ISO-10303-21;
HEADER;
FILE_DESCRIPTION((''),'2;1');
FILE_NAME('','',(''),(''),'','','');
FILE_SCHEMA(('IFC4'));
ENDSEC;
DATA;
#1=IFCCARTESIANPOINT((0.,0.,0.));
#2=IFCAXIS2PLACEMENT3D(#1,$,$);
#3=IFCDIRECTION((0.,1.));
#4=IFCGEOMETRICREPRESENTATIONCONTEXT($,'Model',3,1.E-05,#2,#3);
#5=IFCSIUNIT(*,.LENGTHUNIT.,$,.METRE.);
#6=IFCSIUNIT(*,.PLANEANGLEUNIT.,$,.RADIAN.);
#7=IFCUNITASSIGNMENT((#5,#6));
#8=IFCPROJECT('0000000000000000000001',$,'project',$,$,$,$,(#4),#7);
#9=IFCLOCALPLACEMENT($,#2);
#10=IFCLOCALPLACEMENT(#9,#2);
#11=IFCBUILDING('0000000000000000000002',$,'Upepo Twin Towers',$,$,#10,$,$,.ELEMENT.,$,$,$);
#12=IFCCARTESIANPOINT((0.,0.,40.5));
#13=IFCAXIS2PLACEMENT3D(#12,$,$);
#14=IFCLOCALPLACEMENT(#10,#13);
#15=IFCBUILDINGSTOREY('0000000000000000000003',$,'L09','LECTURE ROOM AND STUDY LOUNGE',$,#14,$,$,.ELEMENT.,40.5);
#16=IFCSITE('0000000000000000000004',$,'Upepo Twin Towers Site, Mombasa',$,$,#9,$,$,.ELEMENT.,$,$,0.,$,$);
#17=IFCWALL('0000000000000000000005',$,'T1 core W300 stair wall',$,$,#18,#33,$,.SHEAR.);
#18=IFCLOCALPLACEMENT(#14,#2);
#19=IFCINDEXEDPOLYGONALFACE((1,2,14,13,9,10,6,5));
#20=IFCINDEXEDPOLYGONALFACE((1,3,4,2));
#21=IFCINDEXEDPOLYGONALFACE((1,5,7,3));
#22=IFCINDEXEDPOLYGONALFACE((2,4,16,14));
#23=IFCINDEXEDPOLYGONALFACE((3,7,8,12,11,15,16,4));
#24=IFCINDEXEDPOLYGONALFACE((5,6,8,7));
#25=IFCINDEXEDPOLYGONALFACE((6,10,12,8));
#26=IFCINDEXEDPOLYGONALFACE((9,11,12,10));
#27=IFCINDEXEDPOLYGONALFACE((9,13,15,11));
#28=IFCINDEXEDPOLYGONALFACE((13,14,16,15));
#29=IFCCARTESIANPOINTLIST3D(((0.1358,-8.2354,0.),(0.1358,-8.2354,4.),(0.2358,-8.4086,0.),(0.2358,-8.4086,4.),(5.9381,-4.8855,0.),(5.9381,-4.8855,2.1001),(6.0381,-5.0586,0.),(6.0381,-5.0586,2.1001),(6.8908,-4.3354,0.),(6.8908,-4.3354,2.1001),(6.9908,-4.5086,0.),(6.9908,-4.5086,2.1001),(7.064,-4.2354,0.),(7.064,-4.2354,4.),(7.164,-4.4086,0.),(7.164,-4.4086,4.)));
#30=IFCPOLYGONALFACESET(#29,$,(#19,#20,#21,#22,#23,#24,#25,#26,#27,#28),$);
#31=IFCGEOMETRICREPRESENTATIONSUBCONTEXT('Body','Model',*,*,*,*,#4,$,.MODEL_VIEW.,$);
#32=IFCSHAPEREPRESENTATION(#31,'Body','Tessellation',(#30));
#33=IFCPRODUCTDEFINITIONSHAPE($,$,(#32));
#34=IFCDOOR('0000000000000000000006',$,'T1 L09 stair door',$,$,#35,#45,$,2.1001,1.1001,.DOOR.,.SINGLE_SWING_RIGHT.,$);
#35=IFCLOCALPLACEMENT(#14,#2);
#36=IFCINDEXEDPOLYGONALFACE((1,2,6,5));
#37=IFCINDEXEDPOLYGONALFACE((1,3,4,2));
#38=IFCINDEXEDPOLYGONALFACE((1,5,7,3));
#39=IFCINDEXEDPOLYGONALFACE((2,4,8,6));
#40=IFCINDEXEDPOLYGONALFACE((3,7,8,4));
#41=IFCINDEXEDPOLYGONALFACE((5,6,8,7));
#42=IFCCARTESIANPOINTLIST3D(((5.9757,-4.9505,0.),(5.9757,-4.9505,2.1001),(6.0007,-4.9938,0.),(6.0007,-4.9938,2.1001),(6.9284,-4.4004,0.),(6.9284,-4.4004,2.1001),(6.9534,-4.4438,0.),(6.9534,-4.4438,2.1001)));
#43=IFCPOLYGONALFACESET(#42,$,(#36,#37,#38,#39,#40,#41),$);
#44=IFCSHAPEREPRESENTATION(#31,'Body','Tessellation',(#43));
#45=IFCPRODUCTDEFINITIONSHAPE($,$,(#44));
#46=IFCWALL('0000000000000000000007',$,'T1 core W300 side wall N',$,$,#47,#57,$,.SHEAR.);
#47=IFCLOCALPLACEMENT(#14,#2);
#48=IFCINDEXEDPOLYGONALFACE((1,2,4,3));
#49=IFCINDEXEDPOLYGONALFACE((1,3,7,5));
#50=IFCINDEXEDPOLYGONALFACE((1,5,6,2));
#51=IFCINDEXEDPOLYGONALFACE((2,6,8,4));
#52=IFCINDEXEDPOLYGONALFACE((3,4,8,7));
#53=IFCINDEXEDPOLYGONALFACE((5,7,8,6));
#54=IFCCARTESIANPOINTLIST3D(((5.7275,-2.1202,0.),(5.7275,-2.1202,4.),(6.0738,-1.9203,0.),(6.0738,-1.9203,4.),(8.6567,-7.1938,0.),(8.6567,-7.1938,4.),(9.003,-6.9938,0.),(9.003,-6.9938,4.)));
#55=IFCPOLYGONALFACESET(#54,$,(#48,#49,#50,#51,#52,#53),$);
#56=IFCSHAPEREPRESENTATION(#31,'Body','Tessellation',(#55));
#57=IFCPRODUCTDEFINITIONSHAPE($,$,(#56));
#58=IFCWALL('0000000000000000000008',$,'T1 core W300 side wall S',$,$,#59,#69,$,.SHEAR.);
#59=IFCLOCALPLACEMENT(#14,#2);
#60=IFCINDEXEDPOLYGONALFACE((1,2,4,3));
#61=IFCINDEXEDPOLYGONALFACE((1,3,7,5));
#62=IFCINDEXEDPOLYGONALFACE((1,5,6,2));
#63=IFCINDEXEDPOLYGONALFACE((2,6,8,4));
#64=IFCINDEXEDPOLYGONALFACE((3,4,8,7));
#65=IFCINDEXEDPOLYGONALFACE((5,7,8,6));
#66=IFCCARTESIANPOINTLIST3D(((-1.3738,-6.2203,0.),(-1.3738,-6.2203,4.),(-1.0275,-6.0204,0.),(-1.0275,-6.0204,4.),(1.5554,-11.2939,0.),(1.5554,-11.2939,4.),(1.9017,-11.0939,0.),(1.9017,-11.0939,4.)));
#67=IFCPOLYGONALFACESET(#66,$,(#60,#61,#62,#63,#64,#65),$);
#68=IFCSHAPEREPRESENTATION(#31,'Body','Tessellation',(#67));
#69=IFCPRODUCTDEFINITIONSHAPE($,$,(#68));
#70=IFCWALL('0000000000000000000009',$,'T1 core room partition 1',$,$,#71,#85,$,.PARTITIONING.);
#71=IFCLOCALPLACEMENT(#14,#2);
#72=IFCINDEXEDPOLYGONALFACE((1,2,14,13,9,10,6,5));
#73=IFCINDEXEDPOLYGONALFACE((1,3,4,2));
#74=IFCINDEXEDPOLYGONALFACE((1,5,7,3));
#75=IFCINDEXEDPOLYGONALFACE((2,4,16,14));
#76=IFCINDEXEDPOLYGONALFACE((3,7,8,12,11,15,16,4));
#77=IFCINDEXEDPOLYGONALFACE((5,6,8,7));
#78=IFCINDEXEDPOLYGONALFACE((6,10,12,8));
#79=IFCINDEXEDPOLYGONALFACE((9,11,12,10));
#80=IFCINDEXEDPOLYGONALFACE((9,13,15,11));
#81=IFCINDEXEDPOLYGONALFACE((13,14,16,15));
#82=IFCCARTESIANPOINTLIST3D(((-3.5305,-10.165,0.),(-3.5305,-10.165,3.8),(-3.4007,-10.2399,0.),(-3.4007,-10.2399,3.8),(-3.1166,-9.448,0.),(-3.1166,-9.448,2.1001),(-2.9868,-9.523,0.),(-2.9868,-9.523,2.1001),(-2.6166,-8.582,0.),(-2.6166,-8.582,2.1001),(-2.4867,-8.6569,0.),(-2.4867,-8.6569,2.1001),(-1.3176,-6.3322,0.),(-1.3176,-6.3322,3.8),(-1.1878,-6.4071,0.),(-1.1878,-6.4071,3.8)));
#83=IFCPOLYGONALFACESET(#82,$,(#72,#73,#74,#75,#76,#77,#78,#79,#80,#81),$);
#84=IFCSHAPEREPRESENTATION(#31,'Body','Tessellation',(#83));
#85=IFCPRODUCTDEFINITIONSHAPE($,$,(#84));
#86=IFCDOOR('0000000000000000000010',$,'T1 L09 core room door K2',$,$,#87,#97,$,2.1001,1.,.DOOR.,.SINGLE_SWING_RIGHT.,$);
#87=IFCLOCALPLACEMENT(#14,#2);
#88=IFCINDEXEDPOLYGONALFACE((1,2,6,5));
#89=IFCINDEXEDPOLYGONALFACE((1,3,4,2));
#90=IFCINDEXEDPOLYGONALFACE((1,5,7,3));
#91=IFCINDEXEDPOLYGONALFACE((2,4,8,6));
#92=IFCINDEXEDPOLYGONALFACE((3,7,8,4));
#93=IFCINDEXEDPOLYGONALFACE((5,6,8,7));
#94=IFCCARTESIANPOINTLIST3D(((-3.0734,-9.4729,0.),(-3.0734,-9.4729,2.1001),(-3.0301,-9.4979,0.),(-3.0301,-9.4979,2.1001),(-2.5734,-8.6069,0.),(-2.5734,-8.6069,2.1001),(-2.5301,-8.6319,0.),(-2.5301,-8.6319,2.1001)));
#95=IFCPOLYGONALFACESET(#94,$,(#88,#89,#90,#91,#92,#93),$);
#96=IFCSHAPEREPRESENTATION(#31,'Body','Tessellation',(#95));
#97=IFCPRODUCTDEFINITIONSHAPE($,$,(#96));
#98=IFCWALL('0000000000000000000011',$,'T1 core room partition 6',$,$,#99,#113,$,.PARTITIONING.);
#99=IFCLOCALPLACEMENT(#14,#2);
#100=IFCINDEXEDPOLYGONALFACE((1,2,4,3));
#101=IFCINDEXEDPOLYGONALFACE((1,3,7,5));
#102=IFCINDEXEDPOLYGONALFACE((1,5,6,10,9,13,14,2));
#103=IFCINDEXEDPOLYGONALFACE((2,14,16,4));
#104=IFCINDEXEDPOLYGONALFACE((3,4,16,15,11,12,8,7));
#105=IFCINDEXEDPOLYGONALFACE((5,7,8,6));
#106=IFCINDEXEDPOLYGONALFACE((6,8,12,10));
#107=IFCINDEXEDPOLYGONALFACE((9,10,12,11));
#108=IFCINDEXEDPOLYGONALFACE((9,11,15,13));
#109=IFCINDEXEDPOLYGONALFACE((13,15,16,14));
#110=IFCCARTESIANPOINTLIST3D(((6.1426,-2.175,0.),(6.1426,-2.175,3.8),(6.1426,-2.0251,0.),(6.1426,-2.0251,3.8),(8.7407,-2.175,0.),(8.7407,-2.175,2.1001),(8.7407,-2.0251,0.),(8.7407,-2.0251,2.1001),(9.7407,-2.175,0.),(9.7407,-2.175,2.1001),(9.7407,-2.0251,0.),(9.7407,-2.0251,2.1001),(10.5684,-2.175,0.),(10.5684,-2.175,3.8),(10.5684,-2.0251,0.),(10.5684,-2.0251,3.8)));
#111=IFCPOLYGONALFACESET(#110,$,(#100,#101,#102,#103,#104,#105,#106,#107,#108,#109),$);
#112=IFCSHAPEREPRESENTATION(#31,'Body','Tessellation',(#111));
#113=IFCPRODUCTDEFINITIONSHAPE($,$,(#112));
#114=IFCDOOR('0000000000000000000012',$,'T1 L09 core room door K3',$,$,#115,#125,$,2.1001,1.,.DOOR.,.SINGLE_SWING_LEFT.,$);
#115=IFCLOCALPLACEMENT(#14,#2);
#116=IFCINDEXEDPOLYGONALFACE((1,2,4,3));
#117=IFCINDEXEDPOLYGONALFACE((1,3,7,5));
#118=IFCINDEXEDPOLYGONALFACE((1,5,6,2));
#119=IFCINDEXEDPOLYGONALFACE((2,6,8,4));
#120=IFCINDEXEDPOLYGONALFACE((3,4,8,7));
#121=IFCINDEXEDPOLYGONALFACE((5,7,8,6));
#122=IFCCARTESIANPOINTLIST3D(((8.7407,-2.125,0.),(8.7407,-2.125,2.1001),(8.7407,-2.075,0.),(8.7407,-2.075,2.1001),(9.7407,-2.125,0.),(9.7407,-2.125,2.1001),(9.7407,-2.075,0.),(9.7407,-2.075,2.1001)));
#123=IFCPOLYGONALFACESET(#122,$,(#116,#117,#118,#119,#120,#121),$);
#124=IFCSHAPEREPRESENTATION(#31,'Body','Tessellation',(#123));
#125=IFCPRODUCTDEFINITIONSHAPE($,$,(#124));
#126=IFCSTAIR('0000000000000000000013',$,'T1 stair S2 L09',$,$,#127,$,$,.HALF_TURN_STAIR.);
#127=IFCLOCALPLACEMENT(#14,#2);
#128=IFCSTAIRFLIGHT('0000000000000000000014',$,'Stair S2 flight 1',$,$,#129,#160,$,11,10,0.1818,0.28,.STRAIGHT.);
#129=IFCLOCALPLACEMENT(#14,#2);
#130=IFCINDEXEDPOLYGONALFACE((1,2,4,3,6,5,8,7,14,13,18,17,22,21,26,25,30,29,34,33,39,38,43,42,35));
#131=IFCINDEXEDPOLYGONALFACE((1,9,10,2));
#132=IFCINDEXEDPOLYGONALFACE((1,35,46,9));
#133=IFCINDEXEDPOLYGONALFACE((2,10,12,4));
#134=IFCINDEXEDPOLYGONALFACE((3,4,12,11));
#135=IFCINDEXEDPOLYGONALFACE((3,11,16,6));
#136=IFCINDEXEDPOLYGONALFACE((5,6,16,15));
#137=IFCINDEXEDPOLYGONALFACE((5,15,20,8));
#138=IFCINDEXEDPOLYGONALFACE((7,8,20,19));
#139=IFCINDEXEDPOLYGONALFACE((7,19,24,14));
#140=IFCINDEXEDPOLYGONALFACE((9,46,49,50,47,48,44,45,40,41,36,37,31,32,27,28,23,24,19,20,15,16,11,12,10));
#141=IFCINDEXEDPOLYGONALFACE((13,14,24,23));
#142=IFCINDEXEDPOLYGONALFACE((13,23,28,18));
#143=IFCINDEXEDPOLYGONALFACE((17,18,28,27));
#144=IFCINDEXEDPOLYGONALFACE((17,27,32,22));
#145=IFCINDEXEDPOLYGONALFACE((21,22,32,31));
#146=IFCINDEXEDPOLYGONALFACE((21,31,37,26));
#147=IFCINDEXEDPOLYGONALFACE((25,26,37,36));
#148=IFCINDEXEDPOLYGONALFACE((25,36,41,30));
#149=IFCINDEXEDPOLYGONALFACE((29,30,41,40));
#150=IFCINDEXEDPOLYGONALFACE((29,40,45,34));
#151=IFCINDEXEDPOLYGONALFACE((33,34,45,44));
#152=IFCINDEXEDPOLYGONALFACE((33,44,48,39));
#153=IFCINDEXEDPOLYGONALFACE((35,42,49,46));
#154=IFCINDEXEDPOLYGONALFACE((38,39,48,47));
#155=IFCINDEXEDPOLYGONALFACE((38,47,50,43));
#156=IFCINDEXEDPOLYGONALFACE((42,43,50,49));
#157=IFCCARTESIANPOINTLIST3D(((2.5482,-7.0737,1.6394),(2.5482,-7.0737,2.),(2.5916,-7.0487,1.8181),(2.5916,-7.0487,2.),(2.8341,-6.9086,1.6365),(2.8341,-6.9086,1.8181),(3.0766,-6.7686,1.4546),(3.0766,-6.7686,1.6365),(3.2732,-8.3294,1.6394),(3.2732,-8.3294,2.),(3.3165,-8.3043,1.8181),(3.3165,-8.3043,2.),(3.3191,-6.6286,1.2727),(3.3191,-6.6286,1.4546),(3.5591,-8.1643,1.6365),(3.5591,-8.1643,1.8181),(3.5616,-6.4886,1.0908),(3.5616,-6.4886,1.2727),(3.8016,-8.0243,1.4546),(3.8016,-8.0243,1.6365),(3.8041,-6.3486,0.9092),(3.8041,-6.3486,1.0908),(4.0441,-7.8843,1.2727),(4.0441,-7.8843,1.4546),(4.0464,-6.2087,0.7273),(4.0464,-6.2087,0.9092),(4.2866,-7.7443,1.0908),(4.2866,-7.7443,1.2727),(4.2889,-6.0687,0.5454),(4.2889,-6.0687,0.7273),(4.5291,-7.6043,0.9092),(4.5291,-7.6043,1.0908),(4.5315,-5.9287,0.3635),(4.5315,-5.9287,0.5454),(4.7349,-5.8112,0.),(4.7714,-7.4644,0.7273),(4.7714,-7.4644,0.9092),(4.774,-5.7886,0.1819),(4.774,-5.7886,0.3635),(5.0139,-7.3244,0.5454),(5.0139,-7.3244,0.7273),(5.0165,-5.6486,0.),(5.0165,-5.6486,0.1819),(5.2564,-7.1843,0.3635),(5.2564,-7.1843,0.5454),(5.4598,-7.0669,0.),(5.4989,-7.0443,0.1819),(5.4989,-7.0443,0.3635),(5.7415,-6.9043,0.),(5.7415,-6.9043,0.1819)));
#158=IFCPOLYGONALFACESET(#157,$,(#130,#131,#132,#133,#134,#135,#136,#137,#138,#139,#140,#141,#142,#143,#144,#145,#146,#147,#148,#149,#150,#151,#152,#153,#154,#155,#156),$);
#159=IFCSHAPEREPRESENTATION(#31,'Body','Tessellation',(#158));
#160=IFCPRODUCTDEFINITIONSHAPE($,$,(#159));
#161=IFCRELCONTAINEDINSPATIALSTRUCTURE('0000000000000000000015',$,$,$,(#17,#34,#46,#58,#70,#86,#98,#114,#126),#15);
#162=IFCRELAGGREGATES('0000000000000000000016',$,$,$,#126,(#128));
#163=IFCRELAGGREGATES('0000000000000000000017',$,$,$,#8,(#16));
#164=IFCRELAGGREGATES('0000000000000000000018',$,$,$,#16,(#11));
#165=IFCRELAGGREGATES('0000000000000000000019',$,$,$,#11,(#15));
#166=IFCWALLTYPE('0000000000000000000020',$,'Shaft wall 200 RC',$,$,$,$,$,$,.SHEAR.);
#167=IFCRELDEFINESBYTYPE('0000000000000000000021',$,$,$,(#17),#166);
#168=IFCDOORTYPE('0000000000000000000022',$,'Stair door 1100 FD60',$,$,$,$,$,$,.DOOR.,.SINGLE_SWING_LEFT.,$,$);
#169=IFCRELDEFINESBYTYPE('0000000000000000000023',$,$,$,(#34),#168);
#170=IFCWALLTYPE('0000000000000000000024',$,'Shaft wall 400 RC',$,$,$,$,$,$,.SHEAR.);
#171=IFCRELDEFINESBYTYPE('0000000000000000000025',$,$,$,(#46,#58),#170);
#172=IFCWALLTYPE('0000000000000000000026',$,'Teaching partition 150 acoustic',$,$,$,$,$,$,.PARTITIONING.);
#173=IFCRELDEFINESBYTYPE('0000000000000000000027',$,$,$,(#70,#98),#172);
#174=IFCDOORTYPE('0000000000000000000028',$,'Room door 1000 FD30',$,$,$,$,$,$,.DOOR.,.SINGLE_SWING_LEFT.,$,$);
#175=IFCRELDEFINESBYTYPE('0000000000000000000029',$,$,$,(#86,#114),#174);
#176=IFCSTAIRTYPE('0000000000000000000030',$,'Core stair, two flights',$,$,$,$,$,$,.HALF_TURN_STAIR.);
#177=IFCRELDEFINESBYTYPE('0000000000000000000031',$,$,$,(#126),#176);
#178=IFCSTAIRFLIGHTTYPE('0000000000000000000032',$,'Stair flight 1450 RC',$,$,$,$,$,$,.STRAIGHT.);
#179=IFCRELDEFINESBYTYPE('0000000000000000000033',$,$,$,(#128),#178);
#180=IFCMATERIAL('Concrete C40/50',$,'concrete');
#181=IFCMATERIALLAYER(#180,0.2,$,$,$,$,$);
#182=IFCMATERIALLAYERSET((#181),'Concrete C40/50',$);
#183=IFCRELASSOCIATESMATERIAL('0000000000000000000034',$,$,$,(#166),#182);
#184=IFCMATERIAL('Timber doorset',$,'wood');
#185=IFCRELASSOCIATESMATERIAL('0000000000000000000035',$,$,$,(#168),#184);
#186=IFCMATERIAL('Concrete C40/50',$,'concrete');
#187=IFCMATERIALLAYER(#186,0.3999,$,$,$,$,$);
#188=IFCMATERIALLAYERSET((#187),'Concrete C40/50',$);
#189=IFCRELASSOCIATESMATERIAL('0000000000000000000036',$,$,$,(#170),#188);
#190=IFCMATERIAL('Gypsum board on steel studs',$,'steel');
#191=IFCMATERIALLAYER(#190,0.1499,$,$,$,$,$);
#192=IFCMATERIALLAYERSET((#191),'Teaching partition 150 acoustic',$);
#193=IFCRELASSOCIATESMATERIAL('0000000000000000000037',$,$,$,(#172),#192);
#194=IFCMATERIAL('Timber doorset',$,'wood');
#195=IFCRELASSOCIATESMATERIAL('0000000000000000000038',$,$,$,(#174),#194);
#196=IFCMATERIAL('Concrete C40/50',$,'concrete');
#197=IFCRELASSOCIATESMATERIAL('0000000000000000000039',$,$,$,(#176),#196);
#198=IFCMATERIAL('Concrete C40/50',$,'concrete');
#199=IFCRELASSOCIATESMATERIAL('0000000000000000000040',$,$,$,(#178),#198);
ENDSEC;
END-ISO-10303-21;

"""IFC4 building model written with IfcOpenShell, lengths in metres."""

from ifc_helpers import new_model, si_unit, direction, frame, frame_2d, origin, place, context, subcontext, project, spatial, polyline, rectangle, outline, extrude, material, layer, layer_set, type_object, element, fill, aggregate, save


model = new_model("IFC4")

# Units and contexts
model_context = context("Model", 3, precision=1e-05, world=origin(), true_north=direction((0.0, 1.0)))
body_context = subcontext(model_context, "Body", "Model", "MODEL_VIEW")
ifc_project = project(units=[si_unit("LENGTHUNIT", "METRE"), si_unit("PLANEANGLEUNIT", "RADIAN")], contexts=[model_context])

# Site, building, storey
site_placement = place(None, origin())
site = spatial("IfcSite", under=ifc_project, at=site_placement, Name="Upepo Twin Towers Site, Mombasa", CompositionType="ELEMENT", RefElevation=0.0)
building_placement = place(site_placement, origin())
building = spatial("IfcBuilding", under=site, at=building_placement, Name="Upepo Twin Towers", CompositionType="ELEMENT")
storey_placement = place(building_placement, frame((0.0, 0.0, 40.5)))
storey = spatial("IfcBuildingStorey", under=building, at=storey_placement, Name="L09", Description="LECTURE ROOM AND STUDY LOUNGE", CompositionType="ELEMENT", Elevation=40.5)

# Shared definitions
ifc_material_1 = material(Name="Concrete C40/50", Category="concrete")
ifc_layer_1 = layer(ifc_material_1, 0.2)
ifc_layer_set_1 = layer_set([ifc_layer_1], Name="Concrete C40/50")
wall_type_1 = type_object("IfcWallType", Name="Shaft wall 200 RC", PredefinedType="SHEAR", material=ifc_layer_set_1)

# Wall, opening, door
wall_1_placement = place(storey_placement, frame((0.1858, -8.322, 0.0), z_axis=(0.0, 0.0, 1.0), x_axis=(0.866026, 0.499999, 0.0)))
wall_1 = element("IfcWall", 1, at=wall_1_placement, inside=storey, type_object=wall_type_1, Name="T1 core W300 stair wall", PredefinedType="SHEAR", context=body_context, shape_type="SweptSolid", body=[
    extrude(rectangle(XDim=8.0, YDim=0.2, at=frame_2d((4.0, 0.0))), origin(), (0.0, 0.0, 1.0), 4.0),
])
opening_1_placement = place(wall_1_placement, frame((6.7, 0.0, 0.0)))
opening_1 = element("IfcOpeningElement", 2, at=opening_1_placement, cuts=wall_1, PredefinedType="OPENING", context=body_context, shape_type="SweptSolid", body=[
    extrude(rectangle(XDim=1.1001, YDim=2.1001, at=frame_2d((0.55, 1.05))), frame((0.0, 0.1099, 0.0), z_axis=(0.0, -1.0, 0.0), x_axis=(1.0, 0.0, 0.0)), (0.0, 0.0, 1.0), 0.22),
])
ifc_material_2 = material(Name="Timber doorset", Category="wood")
door_type_1 = type_object("IfcDoorType", Name="Stair door 1100 FD60", OperationType="SINGLE_SWING_LEFT", PredefinedType="DOOR", material=ifc_material_2)
door_1_placement = place(opening_1_placement, origin())
door_1 = element("IfcDoor", 3, at=door_1_placement, inside=storey, type_object=door_type_1, Name="T1 L09 stair door", OperationType="SINGLE_SWING_RIGHT", OverallHeight=2.1001, OverallWidth=1.1001, PredefinedType="DOOR", context=body_context, shape_type="SweptSolid", body=[
    extrude(rectangle(XDim=1.1001, YDim=2.1001, at=frame_2d((0.55, 1.05))), frame((0.0, 0.0249, 0.0), z_axis=(0.0, -1.0, 0.0), x_axis=(1.0, 0.0, 0.0)), (0.0, 0.0, 1.0), 0.05),
])
fill(opening_1, door_1)

# Walls
ifc_material_3 = material(Name="Concrete C40/50", Category="concrete")
ifc_layer_2 = layer(ifc_material_3, 0.3999)
ifc_layer_set_2 = layer_set([ifc_layer_2], Name="Concrete C40/50")
wall_type_2 = type_object("IfcWallType", Name="Shaft wall 400 RC", PredefinedType="SHEAR", material=ifc_layer_set_2)
for number, where, z_axis, x_axis, name in (
    (4, (5.9006, -2.0203, 0.0), (0.0, 0.0, 1.0), (0.500003, -0.866024, 0.0), "T1 core W300 side wall N"),
    (5, (-1.2007, -6.1204, 0.0), (0.0, 0.0, 1.0), (0.500003, -0.866024, 0.0), "T1 core W300 side wall S"),
):
    element("IfcWall", number, at=place(storey_placement, frame(where, z_axis=z_axis, x_axis=x_axis)), inside=storey, type_object=wall_type_2, Name=name, PredefinedType="SHEAR", context=body_context, shape_type="SweptSolid", body=[
        extrude(rectangle(XDim=5.8584, YDim=0.3999, at=frame_2d((2.9292, 0.0))), origin(), (0.0, 0.0, 1.0), 4.0),
    ])

# Walls, openings, doors
ifc_material_4 = material(Name="Gypsum board on steel studs", Category="steel")
ifc_layer_3 = layer(ifc_material_4, 0.1499)
ifc_layer_set_3 = layer_set([ifc_layer_3], Name="Teaching partition 150 acoustic")
wall_type_3 = type_object("IfcWallType", Name="Teaching partition 150 acoustic", PredefinedType="PARTITIONING", material=ifc_layer_set_3)
wall_2_placement = place(storey_placement, frame((-1.2527, -6.3696, 0.0), z_axis=(0.0, 0.0, 1.0), x_axis=(-0.500007, -0.866021, 0.0)))
wall_2 = element("IfcWall", 6, at=wall_2_placement, inside=storey, type_object=wall_type_3, Name="T1 core room partition 1", PredefinedType="PARTITIONING", context=body_context, shape_type="SweptSolid", body=[
    extrude(rectangle(XDim=4.4258, YDim=0.1499, at=frame_2d((2.2129, 0.0))), origin(), (0.0, 0.0, 1.0), 3.8),
])
opening_2_placement = place(wall_2_placement, frame((2.5979, 0.0, 0.0)))
opening_2 = element("IfcOpeningElement", 7, at=opening_2_placement, cuts=wall_2, PredefinedType="OPENING", context=body_context, shape_type="SweptSolid", body=[
    extrude(rectangle(XDim=1.0, YDim=2.1001, at=frame_2d((0.5, 1.05))), frame((0.0, 0.085, 0.0), z_axis=(0.0, -1.0, 0.0), x_axis=(1.0, 0.0, 0.0)), (0.0, 0.0, 1.0), 0.1699),
])
ifc_material_5 = material(Name="Timber doorset", Category="wood")
door_type_2 = type_object("IfcDoorType", Name="Room door 1000 FD30", OperationType="SINGLE_SWING_LEFT", PredefinedType="DOOR", material=ifc_material_5)
door_2_placement = place(opening_2_placement, origin())
door_2 = element("IfcDoor", 8, at=door_2_placement, inside=storey, type_object=door_type_2, Name="T1 L09 core room door K2", OperationType="SINGLE_SWING_RIGHT", OverallHeight=2.1001, OverallWidth=1.0, PredefinedType="DOOR", context=body_context, shape_type="SweptSolid", body=[
    extrude(rectangle(XDim=1.0, YDim=2.1001, at=frame_2d((0.5, 1.05))), frame((0.0, 0.0249, 0.0), z_axis=(0.0, -1.0, 0.0), x_axis=(1.0, 0.0, 0.0)), (0.0, 0.0, 1.0), 0.05),
])
fill(opening_2, door_2)
wall_3_placement = place(storey_placement, frame((10.5684, -2.1001, 0.0), z_axis=(0.0, 0.0, 1.0), x_axis=(-1.0, 0.0, 0.0)))
wall_3 = element("IfcWall", 9, at=wall_3_placement, inside=storey, type_object=wall_type_3, Name="T1 core room partition 6", PredefinedType="PARTITIONING", context=body_context, shape_type="SweptSolid", body=[
    extrude(rectangle(XDim=4.4258, YDim=0.1499, at=frame_2d((2.2129, 0.0))), origin(), (0.0, 0.0, 1.0), 3.8),
])
opening_3_placement = place(wall_3_placement, frame((0.8276, 0.0, 0.0)))
opening_3 = element("IfcOpeningElement", 10, at=opening_3_placement, cuts=wall_3, PredefinedType="OPENING", context=body_context, shape_type="SweptSolid", body=[
    extrude(rectangle(XDim=1.0, YDim=2.1001, at=frame_2d((0.5, 1.05))), frame((0.0, 0.085, 0.0), z_axis=(0.0, -1.0, 0.0), x_axis=(1.0, 0.0, 0.0)), (0.0, 0.0, 1.0), 0.1699),
])
door_3_placement = place(opening_3_placement, origin())
door_3 = element("IfcDoor", 11, at=door_3_placement, inside=storey, type_object=door_type_2, Name="T1 L09 core room door K3", OperationType="SINGLE_SWING_LEFT", OverallHeight=2.1001, OverallWidth=1.0, PredefinedType="DOOR", context=body_context, shape_type="SweptSolid", body=[
    extrude(rectangle(XDim=1.0, YDim=2.1001, at=frame_2d((0.5, 1.05))), frame((0.0, 0.0249, 0.0), z_axis=(0.0, -1.0, 0.0), x_axis=(1.0, 0.0, 0.0)), (0.0, 0.0, 1.0), 0.05),
])
fill(opening_3, door_3)

# Stair, stair flight
ifc_material_6 = material(Name="Concrete C40/50", Category="concrete")
stair_type = type_object("IfcStairType", Name="Core stair, two flights", PredefinedType="HALF_TURN_STAIR", material=ifc_material_6)
stair_placement = place(storey_placement, origin())
stair = element("IfcStair", 12, at=stair_placement, inside=storey, type_object=stair_type, Name="T1 stair S2 L09", PredefinedType="HALF_TURN_STAIR")
ifc_material_7 = material(Name="Concrete C40/50", Category="concrete")
stair_flight_type = type_object("IfcStairFlightType", Name="Stair flight 1450 RC", PredefinedType="STRAIGHT", material=ifc_material_7)
stair_flight_1_placement = place(storey_placement, frame((5.3789, -6.2764, 0.0), z_axis=(0.0, 0.0, 1.0), x_axis=(-0.866025, -0.5, 0.0)))
stair_flight_1 = element("IfcStairFlight", 13, at=stair_flight_1_placement, type_object=stair_flight_type, Name="Stair S2 flight 1", NumberOfRisers=11, NumberOfTreads=10, PredefinedType="STRAIGHT", RiserHeight=0.1818, TreadLength=0.28, context=body_context, shape_type="SweptSolid", body=[
    extrude(outline(polyline([(0.0, 0.0), (0.0, 0.1819), (0.28, 0.1819), (0.28, 0.3635), (0.5601, 0.3635), (0.5601, 0.5454), (0.8401, 0.5454), (0.8401, 0.7273), (1.1201, 0.7273), (1.1201, 0.9092), (1.3999, 0.9092), (1.3999, 1.0908), (1.6799, 1.0908), (1.6799, 1.2727), (1.96, 1.2727), (1.96, 1.4546), (2.24, 1.4546), (2.24, 1.6365), (2.52, 1.6365), (2.52, 1.8181), (2.8, 1.8181), (2.8, 2.0), (2.8501, 2.0), (2.8501, 1.6394), (0.3252, 0.0), (0.0, 0.0)])), frame((0.0, 0.7251, 0.0), z_axis=(0.0, -1.0, 0.0), x_axis=(1.0, 0.0, 0.0)), (0.0, 0.0, 1.0), 1.45),
])
aggregate(stair, [stair_flight_1])

save(model, "model.ifc")
